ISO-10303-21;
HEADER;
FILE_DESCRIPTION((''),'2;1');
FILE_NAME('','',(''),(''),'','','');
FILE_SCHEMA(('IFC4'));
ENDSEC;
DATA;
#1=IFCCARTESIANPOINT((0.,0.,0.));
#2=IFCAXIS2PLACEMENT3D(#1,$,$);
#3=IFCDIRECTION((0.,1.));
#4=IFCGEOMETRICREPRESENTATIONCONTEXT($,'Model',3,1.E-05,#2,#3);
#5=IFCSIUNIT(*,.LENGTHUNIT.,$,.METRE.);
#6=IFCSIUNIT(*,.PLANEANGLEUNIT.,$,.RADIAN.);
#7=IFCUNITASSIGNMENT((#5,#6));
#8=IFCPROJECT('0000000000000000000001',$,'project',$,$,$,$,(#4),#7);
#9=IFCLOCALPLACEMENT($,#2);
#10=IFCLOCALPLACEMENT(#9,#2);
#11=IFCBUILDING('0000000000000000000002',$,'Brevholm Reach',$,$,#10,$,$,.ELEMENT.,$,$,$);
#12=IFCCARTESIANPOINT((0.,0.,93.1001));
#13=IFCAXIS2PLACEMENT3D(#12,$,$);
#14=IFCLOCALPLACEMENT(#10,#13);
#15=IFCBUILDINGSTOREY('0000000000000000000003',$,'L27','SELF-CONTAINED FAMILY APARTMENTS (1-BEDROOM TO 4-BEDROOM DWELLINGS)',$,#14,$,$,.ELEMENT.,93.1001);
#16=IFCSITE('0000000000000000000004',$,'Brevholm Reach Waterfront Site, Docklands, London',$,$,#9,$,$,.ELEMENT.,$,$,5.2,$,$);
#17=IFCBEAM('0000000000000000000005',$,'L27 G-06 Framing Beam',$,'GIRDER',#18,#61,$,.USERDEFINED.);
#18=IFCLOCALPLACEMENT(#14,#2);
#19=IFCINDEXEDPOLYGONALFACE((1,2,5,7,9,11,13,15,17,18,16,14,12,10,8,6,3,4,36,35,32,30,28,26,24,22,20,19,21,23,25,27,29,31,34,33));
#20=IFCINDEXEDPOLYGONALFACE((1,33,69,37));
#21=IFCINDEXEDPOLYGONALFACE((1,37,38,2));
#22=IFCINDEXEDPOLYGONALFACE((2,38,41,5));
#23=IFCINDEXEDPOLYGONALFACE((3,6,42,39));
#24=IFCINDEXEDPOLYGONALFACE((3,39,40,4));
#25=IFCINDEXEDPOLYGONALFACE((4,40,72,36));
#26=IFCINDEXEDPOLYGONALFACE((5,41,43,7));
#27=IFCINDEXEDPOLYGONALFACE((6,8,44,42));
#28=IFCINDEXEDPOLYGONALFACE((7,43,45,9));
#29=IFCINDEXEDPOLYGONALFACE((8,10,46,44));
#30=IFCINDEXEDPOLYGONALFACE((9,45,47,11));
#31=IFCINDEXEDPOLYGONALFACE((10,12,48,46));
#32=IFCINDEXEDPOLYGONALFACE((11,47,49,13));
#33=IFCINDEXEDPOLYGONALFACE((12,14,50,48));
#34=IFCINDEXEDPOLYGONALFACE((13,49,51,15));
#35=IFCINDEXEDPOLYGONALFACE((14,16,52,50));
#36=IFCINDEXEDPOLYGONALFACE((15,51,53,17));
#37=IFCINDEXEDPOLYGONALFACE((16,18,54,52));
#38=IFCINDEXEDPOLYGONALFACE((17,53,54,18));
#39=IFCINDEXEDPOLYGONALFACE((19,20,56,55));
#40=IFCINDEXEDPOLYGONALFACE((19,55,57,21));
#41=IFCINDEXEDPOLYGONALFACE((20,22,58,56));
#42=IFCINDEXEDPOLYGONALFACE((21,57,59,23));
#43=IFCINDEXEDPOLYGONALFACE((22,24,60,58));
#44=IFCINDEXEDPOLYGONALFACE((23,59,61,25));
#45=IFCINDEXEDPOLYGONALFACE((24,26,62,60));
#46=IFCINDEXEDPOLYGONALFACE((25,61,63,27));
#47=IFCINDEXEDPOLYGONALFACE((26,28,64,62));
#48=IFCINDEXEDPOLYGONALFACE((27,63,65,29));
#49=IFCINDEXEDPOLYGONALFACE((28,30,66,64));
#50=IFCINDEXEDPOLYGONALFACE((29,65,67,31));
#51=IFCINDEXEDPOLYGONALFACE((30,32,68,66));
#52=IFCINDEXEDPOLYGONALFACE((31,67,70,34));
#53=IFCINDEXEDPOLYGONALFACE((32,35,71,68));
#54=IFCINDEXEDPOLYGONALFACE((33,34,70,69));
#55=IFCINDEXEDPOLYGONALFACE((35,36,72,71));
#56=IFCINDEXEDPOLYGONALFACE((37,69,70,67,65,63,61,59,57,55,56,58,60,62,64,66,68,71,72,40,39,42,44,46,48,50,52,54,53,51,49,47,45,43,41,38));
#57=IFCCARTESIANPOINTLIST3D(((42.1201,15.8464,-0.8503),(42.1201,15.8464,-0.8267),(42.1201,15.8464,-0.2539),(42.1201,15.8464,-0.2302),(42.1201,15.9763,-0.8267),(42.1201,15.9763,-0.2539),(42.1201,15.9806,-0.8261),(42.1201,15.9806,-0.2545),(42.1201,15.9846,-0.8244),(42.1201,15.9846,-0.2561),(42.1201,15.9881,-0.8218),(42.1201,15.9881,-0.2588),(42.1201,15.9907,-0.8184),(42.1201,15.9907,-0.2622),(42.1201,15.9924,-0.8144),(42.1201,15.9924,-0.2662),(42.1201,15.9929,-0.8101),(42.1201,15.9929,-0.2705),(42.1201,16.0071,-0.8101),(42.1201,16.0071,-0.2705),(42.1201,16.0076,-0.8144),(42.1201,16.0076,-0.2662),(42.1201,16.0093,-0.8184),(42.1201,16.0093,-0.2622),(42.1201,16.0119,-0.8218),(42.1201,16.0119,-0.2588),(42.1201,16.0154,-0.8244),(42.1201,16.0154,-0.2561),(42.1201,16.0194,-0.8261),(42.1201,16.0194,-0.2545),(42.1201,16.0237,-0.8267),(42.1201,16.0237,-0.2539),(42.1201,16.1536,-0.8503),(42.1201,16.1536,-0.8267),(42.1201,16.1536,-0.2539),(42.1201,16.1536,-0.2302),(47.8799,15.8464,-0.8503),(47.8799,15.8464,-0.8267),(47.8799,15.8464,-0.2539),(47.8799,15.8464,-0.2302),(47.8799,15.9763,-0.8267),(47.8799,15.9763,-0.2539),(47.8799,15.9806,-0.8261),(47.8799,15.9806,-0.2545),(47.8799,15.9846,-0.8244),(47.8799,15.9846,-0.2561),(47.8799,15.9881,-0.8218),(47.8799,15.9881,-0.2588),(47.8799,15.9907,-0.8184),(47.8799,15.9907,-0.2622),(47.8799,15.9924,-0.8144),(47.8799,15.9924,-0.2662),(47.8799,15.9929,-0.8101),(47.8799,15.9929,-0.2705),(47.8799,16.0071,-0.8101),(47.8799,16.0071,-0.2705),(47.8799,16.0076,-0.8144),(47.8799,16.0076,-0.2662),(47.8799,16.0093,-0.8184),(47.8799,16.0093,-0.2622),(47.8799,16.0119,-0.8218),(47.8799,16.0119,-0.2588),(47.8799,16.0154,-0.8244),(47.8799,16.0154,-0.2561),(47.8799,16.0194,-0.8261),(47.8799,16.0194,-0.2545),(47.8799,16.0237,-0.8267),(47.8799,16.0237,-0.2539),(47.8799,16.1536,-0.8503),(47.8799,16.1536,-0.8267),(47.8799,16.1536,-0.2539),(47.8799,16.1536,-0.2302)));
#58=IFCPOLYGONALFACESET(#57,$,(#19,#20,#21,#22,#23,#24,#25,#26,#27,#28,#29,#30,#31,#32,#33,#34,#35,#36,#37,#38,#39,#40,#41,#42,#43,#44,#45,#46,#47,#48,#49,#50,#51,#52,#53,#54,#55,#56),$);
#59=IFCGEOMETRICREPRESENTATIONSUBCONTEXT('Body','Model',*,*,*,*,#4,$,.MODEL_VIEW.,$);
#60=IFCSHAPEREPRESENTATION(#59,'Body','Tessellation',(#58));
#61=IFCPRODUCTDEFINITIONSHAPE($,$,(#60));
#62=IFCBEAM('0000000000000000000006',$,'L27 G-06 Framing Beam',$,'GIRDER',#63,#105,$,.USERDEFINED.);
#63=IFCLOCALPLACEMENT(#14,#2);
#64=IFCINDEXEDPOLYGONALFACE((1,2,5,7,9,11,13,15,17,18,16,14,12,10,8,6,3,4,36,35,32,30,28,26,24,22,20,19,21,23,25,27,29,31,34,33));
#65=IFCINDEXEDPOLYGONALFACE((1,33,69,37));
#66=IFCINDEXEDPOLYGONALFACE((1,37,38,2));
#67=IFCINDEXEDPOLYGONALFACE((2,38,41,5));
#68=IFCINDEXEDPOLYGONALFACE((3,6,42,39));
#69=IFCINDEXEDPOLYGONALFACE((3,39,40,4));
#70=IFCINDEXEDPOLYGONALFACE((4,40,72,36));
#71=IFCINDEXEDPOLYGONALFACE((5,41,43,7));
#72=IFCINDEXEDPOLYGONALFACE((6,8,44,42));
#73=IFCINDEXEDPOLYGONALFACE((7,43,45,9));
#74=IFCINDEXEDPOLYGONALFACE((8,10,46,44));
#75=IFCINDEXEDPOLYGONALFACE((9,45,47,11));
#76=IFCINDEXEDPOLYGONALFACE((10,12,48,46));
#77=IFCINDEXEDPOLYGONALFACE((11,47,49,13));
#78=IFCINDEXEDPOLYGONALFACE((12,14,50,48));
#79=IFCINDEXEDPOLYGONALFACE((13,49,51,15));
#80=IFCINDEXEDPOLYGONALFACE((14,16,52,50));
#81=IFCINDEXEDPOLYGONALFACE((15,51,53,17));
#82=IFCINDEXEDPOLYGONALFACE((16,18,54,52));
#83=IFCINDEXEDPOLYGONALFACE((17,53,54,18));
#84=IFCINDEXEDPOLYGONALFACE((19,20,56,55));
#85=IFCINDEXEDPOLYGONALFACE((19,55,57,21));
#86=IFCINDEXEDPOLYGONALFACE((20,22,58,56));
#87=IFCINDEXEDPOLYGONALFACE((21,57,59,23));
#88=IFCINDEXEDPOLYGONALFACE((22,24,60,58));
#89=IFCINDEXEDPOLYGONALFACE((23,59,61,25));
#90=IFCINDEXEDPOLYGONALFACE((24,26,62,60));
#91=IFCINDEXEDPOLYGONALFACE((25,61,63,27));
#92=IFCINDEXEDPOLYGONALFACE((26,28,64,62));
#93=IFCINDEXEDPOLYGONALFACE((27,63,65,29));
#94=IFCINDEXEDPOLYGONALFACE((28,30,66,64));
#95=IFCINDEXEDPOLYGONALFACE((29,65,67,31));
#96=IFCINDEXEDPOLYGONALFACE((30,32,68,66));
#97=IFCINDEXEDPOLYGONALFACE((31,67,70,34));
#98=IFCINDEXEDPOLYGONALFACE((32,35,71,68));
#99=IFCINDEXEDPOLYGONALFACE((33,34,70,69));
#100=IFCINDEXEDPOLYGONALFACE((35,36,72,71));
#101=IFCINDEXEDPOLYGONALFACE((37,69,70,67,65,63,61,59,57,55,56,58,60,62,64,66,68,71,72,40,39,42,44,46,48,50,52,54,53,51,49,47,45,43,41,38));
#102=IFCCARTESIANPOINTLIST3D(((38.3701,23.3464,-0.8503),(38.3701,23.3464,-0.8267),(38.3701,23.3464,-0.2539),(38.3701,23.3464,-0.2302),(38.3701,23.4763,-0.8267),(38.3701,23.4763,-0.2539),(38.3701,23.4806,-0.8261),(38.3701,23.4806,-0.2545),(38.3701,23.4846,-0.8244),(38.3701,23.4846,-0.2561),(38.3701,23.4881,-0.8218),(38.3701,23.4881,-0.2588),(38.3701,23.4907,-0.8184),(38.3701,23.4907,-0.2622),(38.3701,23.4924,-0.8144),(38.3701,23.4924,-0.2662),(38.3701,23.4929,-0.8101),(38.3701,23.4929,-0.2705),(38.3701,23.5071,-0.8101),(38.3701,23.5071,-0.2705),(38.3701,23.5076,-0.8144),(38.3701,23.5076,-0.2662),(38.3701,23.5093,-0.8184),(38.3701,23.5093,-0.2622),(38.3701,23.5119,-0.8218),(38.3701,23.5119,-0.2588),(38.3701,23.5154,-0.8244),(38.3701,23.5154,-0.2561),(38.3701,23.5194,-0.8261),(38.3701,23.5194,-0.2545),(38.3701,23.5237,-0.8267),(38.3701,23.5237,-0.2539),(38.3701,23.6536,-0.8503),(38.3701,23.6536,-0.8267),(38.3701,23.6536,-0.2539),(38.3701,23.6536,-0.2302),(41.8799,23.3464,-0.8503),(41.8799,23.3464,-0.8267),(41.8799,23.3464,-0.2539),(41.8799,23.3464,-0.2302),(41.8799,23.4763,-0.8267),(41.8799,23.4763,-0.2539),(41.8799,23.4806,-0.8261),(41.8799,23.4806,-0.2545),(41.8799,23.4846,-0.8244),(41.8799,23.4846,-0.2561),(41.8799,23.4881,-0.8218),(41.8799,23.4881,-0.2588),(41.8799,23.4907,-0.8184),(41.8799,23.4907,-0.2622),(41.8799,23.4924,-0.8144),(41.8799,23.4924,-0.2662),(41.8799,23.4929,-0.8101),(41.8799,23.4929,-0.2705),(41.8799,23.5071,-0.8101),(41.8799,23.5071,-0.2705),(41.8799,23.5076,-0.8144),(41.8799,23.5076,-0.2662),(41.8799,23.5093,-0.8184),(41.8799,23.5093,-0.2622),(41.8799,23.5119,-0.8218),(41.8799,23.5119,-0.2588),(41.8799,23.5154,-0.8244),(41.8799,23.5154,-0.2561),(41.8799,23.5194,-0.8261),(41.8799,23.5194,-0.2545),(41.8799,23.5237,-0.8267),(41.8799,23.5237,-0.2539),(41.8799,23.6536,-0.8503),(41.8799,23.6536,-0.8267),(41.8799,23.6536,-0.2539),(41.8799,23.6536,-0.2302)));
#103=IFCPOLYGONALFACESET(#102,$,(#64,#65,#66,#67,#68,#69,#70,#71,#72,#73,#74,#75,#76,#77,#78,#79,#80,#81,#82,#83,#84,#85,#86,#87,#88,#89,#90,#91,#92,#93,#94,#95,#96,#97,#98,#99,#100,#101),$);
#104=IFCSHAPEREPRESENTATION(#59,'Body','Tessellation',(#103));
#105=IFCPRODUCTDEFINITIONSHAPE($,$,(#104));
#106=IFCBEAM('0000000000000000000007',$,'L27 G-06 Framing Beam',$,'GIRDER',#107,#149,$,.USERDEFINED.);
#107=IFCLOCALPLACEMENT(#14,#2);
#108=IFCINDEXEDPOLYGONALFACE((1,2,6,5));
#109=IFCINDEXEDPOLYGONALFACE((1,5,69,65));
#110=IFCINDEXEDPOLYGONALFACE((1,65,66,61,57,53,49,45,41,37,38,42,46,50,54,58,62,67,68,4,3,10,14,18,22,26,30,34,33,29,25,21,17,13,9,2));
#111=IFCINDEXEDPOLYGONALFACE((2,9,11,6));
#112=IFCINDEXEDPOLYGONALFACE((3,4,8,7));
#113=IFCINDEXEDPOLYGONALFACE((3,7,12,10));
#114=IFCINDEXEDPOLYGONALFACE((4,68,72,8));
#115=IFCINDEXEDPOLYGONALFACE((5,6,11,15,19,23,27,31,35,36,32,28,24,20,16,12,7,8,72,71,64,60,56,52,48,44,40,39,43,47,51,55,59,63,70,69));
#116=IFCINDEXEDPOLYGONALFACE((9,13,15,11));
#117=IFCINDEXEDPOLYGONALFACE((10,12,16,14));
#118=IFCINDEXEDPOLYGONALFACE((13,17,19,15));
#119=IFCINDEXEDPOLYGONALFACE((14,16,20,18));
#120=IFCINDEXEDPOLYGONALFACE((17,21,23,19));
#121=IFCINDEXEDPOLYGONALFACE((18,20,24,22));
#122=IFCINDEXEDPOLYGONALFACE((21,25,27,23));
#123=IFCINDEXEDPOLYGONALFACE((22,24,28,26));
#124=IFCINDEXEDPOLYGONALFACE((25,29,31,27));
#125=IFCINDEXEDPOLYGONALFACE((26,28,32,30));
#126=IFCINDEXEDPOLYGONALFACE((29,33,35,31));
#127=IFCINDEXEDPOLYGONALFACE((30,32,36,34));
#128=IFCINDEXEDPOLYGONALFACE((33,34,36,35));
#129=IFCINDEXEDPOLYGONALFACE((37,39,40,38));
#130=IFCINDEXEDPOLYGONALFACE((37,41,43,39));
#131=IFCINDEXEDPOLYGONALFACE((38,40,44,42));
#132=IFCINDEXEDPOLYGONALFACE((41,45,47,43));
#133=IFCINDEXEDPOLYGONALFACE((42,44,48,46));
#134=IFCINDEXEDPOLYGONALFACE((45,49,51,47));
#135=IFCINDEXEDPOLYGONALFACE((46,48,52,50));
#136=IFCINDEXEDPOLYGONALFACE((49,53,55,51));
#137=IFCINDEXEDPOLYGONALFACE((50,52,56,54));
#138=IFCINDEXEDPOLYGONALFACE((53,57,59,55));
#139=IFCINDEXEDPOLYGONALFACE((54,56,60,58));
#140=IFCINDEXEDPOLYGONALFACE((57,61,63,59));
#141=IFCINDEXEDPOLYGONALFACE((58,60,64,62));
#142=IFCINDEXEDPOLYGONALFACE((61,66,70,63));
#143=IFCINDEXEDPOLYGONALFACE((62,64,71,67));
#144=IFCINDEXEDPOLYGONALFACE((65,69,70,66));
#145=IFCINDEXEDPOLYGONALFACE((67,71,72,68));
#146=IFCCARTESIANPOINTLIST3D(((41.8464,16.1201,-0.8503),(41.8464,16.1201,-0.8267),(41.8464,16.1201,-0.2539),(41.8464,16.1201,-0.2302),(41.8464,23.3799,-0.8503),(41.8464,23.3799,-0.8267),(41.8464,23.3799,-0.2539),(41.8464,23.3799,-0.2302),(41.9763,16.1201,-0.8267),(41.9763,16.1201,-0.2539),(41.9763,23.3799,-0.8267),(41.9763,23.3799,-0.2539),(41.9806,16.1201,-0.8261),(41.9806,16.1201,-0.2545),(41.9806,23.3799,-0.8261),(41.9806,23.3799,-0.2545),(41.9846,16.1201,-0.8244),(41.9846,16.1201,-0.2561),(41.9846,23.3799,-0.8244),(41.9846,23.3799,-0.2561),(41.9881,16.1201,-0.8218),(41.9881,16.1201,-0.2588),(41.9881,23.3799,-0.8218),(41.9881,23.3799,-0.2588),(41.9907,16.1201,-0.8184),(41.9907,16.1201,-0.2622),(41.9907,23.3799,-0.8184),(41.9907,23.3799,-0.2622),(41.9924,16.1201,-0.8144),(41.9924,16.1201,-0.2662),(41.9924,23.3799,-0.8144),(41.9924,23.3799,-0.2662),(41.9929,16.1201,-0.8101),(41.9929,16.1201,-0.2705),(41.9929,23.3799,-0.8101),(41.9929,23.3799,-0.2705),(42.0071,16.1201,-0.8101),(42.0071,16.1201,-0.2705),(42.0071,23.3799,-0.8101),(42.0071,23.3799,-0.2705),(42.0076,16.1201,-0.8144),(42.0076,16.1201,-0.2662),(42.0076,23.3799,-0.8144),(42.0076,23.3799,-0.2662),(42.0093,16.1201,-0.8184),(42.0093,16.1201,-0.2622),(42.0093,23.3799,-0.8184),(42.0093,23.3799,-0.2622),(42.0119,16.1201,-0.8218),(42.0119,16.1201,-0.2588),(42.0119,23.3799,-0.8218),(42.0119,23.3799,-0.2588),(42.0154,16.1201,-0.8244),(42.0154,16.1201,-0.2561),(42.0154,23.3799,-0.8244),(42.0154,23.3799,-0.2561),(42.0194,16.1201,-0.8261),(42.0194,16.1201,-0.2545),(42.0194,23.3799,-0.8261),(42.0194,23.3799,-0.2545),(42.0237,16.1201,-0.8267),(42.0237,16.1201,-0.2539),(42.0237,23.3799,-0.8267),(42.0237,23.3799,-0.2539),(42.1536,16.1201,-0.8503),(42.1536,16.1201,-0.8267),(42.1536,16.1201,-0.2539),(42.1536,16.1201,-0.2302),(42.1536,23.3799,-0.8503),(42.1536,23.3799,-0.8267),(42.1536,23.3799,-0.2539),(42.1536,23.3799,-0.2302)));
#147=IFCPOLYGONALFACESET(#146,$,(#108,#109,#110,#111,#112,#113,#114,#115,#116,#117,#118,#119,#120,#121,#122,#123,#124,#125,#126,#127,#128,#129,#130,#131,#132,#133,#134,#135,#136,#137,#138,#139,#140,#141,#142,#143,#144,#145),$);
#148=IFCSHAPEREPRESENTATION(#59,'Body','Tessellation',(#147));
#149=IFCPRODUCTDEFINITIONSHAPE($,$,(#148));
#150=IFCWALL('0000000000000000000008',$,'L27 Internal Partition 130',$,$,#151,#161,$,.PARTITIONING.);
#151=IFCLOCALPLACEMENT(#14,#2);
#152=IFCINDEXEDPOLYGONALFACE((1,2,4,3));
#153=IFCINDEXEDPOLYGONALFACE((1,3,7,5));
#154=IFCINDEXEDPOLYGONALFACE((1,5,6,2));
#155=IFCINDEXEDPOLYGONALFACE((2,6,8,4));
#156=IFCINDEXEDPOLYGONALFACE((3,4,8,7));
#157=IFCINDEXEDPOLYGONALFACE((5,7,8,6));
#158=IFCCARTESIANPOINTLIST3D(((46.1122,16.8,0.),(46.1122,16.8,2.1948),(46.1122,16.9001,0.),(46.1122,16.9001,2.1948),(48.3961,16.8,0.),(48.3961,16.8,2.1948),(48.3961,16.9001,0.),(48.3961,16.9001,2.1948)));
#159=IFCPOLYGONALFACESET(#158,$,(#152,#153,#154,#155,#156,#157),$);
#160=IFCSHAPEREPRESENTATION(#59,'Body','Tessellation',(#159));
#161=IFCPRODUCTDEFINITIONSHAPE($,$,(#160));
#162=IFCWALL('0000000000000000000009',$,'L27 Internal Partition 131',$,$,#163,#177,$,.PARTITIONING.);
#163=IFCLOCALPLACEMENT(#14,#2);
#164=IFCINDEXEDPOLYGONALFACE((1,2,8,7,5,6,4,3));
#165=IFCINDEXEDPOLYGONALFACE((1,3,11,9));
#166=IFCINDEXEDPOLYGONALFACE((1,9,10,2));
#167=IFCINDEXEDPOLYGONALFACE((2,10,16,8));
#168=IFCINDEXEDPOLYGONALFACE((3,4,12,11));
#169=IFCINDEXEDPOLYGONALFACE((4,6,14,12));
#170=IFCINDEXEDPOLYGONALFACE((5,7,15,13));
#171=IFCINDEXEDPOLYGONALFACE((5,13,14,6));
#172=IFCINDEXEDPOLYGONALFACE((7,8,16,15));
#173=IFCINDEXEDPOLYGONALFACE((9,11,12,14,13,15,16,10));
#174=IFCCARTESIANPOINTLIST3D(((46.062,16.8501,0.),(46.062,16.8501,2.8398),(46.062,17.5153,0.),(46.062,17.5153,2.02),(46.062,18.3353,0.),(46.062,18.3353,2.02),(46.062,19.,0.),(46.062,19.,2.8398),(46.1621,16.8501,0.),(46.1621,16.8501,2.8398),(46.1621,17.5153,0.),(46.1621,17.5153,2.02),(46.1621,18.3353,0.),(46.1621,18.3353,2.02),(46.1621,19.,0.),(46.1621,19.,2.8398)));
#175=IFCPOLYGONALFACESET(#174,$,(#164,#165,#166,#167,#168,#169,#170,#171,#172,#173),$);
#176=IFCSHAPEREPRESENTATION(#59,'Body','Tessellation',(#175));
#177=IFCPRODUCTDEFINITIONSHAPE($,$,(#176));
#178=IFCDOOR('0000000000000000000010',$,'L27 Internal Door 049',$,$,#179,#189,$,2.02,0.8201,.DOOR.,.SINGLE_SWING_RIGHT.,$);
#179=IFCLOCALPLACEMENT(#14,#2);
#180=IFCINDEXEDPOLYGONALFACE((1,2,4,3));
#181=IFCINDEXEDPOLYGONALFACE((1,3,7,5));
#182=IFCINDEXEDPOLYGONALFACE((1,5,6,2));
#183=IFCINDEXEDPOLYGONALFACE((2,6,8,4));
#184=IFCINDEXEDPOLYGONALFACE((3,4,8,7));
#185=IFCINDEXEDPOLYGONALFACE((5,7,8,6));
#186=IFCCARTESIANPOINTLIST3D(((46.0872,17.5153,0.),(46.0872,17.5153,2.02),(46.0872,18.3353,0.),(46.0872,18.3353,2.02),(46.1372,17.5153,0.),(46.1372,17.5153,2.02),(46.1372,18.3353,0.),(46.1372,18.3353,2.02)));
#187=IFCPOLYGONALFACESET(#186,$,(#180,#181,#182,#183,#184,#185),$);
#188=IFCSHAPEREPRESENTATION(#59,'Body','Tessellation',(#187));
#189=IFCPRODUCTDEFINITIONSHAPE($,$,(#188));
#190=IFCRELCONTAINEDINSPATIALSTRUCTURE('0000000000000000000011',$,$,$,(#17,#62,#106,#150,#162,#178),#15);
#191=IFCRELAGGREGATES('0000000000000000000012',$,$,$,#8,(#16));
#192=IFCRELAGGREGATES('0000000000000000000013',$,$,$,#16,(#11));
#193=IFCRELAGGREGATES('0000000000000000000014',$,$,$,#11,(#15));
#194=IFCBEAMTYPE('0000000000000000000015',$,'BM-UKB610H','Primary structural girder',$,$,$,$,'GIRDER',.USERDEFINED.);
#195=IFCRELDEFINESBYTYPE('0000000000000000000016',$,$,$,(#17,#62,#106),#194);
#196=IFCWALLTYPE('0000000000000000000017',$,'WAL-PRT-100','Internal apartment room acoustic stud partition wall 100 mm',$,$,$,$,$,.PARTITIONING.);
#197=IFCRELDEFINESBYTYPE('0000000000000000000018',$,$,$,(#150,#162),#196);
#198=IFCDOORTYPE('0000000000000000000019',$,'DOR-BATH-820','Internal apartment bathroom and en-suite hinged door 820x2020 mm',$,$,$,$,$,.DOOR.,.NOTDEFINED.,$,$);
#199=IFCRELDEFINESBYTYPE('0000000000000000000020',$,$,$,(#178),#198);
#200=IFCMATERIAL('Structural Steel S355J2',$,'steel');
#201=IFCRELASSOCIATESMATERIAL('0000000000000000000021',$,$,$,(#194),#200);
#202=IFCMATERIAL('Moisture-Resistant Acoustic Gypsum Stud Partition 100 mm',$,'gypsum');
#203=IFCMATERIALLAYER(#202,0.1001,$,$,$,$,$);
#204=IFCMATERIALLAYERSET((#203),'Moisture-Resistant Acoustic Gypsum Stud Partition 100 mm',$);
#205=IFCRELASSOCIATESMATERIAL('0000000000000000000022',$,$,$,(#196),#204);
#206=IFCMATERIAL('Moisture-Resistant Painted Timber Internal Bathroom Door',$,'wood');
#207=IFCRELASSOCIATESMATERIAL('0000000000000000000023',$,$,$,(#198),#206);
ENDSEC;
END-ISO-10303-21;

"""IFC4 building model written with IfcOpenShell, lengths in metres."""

from ifc_helpers import new_model, si_unit, direction, frame, frame_2d, origin, origin_2d, place, context, subcontext, project, spatial, rectangle, i_section, extrude, material, layer, layer_set, material_profile, profile_set, type_object, element, fill, save


model = new_model("IFC4")

# Units and contexts
model_context = context("Model", 3, precision=1e-05, world=origin(), true_north=direction((0.0, 1.0)))
body_context = subcontext(model_context, "Body", "Model", "MODEL_VIEW")
ifc_project = project(units=[si_unit("LENGTHUNIT", "METRE"), si_unit("PLANEANGLEUNIT", "RADIAN")], contexts=[model_context])

# Site, building, storey
site_placement = place(None, origin())
site = spatial("IfcSite", under=ifc_project, at=site_placement, Name="Brevholm Reach Waterfront Site, Docklands, London", CompositionType="ELEMENT", RefElevation=5.2)
building_placement = place(site_placement, origin())
building = spatial("IfcBuilding", under=site, at=building_placement, Name="Brevholm Reach", CompositionType="ELEMENT")
storey_placement = place(building_placement, frame((0.0, 0.0, 93.1001)))
storey = spatial("IfcBuildingStorey", under=building, at=storey_placement, Name="L27", Description="SELF-CONTAINED FAMILY APARTMENTS (1-BEDROOM TO 4-BEDROOM DWELLINGS)", CompositionType="ELEMENT", Elevation=93.1001)

# Beams
ifc_material_1 = material(Name="Structural Steel S355J2", Category="steel")
ifc_material_profile_1 = material_profile(ifc_material_1, i_section(OverallWidth=0.3071, OverallDepth=0.6201, WebThickness=0.0142, FlangeThickness=0.0237, FilletRadius=0.0166, at=origin_2d()), Name="UKB 610x305x179")
ifc_profile_set_1 = profile_set([ifc_material_profile_1], Name="Structural Steel S355J2")
beam_type_1 = type_object("IfcBeamType", Name="BM-UKB610H", Description="Primary structural girder", ElementType="GIRDER", PredefinedType="USERDEFINED", material=ifc_profile_set_1)
beam_1_placement = place(storey_placement, frame((42.1201, 16.0, -0.5403), z_axis=(1.0, 0.0, 0.0), x_axis=(0.0, 1.0, 0.0)))
element("IfcBeam", 1, at=beam_1_placement, inside=storey, type_object=beam_type_1, Name="L27 G-06 Framing Beam", ObjectType="GIRDER", PredefinedType="USERDEFINED", context=body_context, shape_type="SweptSolid", body=[
    extrude(i_section(OverallWidth=0.3071, OverallDepth=0.6201, WebThickness=0.0142, FlangeThickness=0.0237, FilletRadius=0.0166, at=origin_2d()), origin(), (0.0, 0.0, 1.0), 5.7598),
])
beam_2_placement = place(storey_placement, frame((38.3701, 23.5, -0.5403), z_axis=(1.0, 0.0, 0.0), x_axis=(0.0, 1.0, 0.0)))
element("IfcBeam", 2, at=beam_2_placement, inside=storey, type_object=beam_type_1, Name="L27 G-06 Framing Beam", ObjectType="GIRDER", PredefinedType="USERDEFINED", context=body_context, shape_type="SweptSolid", body=[
    extrude(i_section(OverallWidth=0.3071, OverallDepth=0.6201, WebThickness=0.0142, FlangeThickness=0.0237, FilletRadius=0.0166, at=origin_2d()), origin(), (0.0, 0.0, 1.0), 3.5098),
])
beam_3_placement = place(storey_placement, frame((42.0, 16.1201, -0.5403), z_axis=(0.0, 1.0, 0.0), x_axis=(-1.0, 0.0, 0.0)))
element("IfcBeam", 3, at=beam_3_placement, inside=storey, type_object=beam_type_1, Name="L27 G-06 Framing Beam", ObjectType="GIRDER", PredefinedType="USERDEFINED", context=body_context, shape_type="SweptSolid", body=[
    extrude(i_section(OverallWidth=0.3071, OverallDepth=0.6201, WebThickness=0.0142, FlangeThickness=0.0237, FilletRadius=0.0166, at=origin_2d()), origin(), (0.0, 0.0, 1.0), 7.2598),
])

# Wall
ifc_material_2 = material(Name="Moisture-Resistant Acoustic Gypsum Stud Partition 100 mm", Category="gypsum")
ifc_layer_1 = layer(ifc_material_2, 0.1001)
ifc_layer_set_1 = layer_set([ifc_layer_1], Name="Moisture-Resistant Acoustic Gypsum Stud Partition 100 mm")
wall_type_1 = type_object("IfcWallType", Name="WAL-PRT-100", Description="Internal apartment room acoustic stud partition wall 100 mm", PredefinedType="PARTITIONING", material=ifc_layer_set_1)
wall_1_placement = place(storey_placement, frame((46.1121, 16.8501, 0.0), z_axis=(0.0, 0.0, 1.0), x_axis=(1.0, 0.0, 0.0)))
element("IfcWall", 4, at=wall_1_placement, inside=storey, type_object=wall_type_1, Name="L27 Internal Partition 130", PredefinedType="PARTITIONING", context=body_context, shape_type="SweptSolid", body=[
    extrude(rectangle(XDim=2.2839, YDim=0.1001, at=frame_2d((1.1421, 0.0))), origin(), (0.0, 0.0, 1.0), 2.1948),
])

# Wall, opening, door
wall_2_placement = place(storey_placement, frame((46.1121, 16.8501, 0.0), z_axis=(0.0, 0.0, 1.0), x_axis=(0.0, 1.0, 0.0)))
wall_2 = element("IfcWall", 5, at=wall_2_placement, inside=storey, type_object=wall_type_1, Name="L27 Internal Partition 131", PredefinedType="PARTITIONING", context=body_context, shape_type="SweptSolid", body=[
    extrude(rectangle(XDim=2.1499, YDim=0.1001, at=frame_2d((1.075, 0.0))), origin(), (0.0, 0.0, 1.0), 2.8398),
])
opening_1_placement = place(wall_2_placement, frame((0.665, 0.0, 0.0)))
opening_1 = element("IfcOpeningElement", 6, at=opening_1_placement, cuts=wall_2, PredefinedType="OPENING", context=body_context, shape_type="SweptSolid", body=[
    extrude(rectangle(XDim=0.8201, YDim=2.02, at=frame_2d((0.4102, 1.01))), frame((0.0, 0.0601, 0.0), z_axis=(0.0, -1.0, 0.0), x_axis=(1.0, 0.0, 0.0)), (0.0, 0.0, 1.0), 0.1201),
])
ifc_material_3 = material(Name="Moisture-Resistant Painted Timber Internal Bathroom Door", Category="wood")
door_type_1 = type_object("IfcDoorType", Name="DOR-BATH-820", Description="Internal apartment bathroom and en-suite hinged door 820x2020 mm", OperationType="NOTDEFINED", PredefinedType="DOOR", material=ifc_material_3)
door_1_placement = place(opening_1_placement, origin())
door_1 = element("IfcDoor", 7, at=door_1_placement, inside=storey, type_object=door_type_1, Name="L27 Internal Door 049", OperationType="SINGLE_SWING_RIGHT", OverallHeight=2.02, OverallWidth=0.8201, PredefinedType="DOOR", context=body_context, shape_type="SweptSolid", body=[
    extrude(rectangle(XDim=0.8201, YDim=2.02, at=frame_2d((0.4102, 1.01))), frame((0.0, 0.0249, 0.0), z_axis=(0.0, -1.0, 0.0), x_axis=(1.0, 0.0, 0.0)), (0.0, 0.0, 1.0), 0.05),
])
fill(opening_1, door_1)

save(model, "model.ifc")
